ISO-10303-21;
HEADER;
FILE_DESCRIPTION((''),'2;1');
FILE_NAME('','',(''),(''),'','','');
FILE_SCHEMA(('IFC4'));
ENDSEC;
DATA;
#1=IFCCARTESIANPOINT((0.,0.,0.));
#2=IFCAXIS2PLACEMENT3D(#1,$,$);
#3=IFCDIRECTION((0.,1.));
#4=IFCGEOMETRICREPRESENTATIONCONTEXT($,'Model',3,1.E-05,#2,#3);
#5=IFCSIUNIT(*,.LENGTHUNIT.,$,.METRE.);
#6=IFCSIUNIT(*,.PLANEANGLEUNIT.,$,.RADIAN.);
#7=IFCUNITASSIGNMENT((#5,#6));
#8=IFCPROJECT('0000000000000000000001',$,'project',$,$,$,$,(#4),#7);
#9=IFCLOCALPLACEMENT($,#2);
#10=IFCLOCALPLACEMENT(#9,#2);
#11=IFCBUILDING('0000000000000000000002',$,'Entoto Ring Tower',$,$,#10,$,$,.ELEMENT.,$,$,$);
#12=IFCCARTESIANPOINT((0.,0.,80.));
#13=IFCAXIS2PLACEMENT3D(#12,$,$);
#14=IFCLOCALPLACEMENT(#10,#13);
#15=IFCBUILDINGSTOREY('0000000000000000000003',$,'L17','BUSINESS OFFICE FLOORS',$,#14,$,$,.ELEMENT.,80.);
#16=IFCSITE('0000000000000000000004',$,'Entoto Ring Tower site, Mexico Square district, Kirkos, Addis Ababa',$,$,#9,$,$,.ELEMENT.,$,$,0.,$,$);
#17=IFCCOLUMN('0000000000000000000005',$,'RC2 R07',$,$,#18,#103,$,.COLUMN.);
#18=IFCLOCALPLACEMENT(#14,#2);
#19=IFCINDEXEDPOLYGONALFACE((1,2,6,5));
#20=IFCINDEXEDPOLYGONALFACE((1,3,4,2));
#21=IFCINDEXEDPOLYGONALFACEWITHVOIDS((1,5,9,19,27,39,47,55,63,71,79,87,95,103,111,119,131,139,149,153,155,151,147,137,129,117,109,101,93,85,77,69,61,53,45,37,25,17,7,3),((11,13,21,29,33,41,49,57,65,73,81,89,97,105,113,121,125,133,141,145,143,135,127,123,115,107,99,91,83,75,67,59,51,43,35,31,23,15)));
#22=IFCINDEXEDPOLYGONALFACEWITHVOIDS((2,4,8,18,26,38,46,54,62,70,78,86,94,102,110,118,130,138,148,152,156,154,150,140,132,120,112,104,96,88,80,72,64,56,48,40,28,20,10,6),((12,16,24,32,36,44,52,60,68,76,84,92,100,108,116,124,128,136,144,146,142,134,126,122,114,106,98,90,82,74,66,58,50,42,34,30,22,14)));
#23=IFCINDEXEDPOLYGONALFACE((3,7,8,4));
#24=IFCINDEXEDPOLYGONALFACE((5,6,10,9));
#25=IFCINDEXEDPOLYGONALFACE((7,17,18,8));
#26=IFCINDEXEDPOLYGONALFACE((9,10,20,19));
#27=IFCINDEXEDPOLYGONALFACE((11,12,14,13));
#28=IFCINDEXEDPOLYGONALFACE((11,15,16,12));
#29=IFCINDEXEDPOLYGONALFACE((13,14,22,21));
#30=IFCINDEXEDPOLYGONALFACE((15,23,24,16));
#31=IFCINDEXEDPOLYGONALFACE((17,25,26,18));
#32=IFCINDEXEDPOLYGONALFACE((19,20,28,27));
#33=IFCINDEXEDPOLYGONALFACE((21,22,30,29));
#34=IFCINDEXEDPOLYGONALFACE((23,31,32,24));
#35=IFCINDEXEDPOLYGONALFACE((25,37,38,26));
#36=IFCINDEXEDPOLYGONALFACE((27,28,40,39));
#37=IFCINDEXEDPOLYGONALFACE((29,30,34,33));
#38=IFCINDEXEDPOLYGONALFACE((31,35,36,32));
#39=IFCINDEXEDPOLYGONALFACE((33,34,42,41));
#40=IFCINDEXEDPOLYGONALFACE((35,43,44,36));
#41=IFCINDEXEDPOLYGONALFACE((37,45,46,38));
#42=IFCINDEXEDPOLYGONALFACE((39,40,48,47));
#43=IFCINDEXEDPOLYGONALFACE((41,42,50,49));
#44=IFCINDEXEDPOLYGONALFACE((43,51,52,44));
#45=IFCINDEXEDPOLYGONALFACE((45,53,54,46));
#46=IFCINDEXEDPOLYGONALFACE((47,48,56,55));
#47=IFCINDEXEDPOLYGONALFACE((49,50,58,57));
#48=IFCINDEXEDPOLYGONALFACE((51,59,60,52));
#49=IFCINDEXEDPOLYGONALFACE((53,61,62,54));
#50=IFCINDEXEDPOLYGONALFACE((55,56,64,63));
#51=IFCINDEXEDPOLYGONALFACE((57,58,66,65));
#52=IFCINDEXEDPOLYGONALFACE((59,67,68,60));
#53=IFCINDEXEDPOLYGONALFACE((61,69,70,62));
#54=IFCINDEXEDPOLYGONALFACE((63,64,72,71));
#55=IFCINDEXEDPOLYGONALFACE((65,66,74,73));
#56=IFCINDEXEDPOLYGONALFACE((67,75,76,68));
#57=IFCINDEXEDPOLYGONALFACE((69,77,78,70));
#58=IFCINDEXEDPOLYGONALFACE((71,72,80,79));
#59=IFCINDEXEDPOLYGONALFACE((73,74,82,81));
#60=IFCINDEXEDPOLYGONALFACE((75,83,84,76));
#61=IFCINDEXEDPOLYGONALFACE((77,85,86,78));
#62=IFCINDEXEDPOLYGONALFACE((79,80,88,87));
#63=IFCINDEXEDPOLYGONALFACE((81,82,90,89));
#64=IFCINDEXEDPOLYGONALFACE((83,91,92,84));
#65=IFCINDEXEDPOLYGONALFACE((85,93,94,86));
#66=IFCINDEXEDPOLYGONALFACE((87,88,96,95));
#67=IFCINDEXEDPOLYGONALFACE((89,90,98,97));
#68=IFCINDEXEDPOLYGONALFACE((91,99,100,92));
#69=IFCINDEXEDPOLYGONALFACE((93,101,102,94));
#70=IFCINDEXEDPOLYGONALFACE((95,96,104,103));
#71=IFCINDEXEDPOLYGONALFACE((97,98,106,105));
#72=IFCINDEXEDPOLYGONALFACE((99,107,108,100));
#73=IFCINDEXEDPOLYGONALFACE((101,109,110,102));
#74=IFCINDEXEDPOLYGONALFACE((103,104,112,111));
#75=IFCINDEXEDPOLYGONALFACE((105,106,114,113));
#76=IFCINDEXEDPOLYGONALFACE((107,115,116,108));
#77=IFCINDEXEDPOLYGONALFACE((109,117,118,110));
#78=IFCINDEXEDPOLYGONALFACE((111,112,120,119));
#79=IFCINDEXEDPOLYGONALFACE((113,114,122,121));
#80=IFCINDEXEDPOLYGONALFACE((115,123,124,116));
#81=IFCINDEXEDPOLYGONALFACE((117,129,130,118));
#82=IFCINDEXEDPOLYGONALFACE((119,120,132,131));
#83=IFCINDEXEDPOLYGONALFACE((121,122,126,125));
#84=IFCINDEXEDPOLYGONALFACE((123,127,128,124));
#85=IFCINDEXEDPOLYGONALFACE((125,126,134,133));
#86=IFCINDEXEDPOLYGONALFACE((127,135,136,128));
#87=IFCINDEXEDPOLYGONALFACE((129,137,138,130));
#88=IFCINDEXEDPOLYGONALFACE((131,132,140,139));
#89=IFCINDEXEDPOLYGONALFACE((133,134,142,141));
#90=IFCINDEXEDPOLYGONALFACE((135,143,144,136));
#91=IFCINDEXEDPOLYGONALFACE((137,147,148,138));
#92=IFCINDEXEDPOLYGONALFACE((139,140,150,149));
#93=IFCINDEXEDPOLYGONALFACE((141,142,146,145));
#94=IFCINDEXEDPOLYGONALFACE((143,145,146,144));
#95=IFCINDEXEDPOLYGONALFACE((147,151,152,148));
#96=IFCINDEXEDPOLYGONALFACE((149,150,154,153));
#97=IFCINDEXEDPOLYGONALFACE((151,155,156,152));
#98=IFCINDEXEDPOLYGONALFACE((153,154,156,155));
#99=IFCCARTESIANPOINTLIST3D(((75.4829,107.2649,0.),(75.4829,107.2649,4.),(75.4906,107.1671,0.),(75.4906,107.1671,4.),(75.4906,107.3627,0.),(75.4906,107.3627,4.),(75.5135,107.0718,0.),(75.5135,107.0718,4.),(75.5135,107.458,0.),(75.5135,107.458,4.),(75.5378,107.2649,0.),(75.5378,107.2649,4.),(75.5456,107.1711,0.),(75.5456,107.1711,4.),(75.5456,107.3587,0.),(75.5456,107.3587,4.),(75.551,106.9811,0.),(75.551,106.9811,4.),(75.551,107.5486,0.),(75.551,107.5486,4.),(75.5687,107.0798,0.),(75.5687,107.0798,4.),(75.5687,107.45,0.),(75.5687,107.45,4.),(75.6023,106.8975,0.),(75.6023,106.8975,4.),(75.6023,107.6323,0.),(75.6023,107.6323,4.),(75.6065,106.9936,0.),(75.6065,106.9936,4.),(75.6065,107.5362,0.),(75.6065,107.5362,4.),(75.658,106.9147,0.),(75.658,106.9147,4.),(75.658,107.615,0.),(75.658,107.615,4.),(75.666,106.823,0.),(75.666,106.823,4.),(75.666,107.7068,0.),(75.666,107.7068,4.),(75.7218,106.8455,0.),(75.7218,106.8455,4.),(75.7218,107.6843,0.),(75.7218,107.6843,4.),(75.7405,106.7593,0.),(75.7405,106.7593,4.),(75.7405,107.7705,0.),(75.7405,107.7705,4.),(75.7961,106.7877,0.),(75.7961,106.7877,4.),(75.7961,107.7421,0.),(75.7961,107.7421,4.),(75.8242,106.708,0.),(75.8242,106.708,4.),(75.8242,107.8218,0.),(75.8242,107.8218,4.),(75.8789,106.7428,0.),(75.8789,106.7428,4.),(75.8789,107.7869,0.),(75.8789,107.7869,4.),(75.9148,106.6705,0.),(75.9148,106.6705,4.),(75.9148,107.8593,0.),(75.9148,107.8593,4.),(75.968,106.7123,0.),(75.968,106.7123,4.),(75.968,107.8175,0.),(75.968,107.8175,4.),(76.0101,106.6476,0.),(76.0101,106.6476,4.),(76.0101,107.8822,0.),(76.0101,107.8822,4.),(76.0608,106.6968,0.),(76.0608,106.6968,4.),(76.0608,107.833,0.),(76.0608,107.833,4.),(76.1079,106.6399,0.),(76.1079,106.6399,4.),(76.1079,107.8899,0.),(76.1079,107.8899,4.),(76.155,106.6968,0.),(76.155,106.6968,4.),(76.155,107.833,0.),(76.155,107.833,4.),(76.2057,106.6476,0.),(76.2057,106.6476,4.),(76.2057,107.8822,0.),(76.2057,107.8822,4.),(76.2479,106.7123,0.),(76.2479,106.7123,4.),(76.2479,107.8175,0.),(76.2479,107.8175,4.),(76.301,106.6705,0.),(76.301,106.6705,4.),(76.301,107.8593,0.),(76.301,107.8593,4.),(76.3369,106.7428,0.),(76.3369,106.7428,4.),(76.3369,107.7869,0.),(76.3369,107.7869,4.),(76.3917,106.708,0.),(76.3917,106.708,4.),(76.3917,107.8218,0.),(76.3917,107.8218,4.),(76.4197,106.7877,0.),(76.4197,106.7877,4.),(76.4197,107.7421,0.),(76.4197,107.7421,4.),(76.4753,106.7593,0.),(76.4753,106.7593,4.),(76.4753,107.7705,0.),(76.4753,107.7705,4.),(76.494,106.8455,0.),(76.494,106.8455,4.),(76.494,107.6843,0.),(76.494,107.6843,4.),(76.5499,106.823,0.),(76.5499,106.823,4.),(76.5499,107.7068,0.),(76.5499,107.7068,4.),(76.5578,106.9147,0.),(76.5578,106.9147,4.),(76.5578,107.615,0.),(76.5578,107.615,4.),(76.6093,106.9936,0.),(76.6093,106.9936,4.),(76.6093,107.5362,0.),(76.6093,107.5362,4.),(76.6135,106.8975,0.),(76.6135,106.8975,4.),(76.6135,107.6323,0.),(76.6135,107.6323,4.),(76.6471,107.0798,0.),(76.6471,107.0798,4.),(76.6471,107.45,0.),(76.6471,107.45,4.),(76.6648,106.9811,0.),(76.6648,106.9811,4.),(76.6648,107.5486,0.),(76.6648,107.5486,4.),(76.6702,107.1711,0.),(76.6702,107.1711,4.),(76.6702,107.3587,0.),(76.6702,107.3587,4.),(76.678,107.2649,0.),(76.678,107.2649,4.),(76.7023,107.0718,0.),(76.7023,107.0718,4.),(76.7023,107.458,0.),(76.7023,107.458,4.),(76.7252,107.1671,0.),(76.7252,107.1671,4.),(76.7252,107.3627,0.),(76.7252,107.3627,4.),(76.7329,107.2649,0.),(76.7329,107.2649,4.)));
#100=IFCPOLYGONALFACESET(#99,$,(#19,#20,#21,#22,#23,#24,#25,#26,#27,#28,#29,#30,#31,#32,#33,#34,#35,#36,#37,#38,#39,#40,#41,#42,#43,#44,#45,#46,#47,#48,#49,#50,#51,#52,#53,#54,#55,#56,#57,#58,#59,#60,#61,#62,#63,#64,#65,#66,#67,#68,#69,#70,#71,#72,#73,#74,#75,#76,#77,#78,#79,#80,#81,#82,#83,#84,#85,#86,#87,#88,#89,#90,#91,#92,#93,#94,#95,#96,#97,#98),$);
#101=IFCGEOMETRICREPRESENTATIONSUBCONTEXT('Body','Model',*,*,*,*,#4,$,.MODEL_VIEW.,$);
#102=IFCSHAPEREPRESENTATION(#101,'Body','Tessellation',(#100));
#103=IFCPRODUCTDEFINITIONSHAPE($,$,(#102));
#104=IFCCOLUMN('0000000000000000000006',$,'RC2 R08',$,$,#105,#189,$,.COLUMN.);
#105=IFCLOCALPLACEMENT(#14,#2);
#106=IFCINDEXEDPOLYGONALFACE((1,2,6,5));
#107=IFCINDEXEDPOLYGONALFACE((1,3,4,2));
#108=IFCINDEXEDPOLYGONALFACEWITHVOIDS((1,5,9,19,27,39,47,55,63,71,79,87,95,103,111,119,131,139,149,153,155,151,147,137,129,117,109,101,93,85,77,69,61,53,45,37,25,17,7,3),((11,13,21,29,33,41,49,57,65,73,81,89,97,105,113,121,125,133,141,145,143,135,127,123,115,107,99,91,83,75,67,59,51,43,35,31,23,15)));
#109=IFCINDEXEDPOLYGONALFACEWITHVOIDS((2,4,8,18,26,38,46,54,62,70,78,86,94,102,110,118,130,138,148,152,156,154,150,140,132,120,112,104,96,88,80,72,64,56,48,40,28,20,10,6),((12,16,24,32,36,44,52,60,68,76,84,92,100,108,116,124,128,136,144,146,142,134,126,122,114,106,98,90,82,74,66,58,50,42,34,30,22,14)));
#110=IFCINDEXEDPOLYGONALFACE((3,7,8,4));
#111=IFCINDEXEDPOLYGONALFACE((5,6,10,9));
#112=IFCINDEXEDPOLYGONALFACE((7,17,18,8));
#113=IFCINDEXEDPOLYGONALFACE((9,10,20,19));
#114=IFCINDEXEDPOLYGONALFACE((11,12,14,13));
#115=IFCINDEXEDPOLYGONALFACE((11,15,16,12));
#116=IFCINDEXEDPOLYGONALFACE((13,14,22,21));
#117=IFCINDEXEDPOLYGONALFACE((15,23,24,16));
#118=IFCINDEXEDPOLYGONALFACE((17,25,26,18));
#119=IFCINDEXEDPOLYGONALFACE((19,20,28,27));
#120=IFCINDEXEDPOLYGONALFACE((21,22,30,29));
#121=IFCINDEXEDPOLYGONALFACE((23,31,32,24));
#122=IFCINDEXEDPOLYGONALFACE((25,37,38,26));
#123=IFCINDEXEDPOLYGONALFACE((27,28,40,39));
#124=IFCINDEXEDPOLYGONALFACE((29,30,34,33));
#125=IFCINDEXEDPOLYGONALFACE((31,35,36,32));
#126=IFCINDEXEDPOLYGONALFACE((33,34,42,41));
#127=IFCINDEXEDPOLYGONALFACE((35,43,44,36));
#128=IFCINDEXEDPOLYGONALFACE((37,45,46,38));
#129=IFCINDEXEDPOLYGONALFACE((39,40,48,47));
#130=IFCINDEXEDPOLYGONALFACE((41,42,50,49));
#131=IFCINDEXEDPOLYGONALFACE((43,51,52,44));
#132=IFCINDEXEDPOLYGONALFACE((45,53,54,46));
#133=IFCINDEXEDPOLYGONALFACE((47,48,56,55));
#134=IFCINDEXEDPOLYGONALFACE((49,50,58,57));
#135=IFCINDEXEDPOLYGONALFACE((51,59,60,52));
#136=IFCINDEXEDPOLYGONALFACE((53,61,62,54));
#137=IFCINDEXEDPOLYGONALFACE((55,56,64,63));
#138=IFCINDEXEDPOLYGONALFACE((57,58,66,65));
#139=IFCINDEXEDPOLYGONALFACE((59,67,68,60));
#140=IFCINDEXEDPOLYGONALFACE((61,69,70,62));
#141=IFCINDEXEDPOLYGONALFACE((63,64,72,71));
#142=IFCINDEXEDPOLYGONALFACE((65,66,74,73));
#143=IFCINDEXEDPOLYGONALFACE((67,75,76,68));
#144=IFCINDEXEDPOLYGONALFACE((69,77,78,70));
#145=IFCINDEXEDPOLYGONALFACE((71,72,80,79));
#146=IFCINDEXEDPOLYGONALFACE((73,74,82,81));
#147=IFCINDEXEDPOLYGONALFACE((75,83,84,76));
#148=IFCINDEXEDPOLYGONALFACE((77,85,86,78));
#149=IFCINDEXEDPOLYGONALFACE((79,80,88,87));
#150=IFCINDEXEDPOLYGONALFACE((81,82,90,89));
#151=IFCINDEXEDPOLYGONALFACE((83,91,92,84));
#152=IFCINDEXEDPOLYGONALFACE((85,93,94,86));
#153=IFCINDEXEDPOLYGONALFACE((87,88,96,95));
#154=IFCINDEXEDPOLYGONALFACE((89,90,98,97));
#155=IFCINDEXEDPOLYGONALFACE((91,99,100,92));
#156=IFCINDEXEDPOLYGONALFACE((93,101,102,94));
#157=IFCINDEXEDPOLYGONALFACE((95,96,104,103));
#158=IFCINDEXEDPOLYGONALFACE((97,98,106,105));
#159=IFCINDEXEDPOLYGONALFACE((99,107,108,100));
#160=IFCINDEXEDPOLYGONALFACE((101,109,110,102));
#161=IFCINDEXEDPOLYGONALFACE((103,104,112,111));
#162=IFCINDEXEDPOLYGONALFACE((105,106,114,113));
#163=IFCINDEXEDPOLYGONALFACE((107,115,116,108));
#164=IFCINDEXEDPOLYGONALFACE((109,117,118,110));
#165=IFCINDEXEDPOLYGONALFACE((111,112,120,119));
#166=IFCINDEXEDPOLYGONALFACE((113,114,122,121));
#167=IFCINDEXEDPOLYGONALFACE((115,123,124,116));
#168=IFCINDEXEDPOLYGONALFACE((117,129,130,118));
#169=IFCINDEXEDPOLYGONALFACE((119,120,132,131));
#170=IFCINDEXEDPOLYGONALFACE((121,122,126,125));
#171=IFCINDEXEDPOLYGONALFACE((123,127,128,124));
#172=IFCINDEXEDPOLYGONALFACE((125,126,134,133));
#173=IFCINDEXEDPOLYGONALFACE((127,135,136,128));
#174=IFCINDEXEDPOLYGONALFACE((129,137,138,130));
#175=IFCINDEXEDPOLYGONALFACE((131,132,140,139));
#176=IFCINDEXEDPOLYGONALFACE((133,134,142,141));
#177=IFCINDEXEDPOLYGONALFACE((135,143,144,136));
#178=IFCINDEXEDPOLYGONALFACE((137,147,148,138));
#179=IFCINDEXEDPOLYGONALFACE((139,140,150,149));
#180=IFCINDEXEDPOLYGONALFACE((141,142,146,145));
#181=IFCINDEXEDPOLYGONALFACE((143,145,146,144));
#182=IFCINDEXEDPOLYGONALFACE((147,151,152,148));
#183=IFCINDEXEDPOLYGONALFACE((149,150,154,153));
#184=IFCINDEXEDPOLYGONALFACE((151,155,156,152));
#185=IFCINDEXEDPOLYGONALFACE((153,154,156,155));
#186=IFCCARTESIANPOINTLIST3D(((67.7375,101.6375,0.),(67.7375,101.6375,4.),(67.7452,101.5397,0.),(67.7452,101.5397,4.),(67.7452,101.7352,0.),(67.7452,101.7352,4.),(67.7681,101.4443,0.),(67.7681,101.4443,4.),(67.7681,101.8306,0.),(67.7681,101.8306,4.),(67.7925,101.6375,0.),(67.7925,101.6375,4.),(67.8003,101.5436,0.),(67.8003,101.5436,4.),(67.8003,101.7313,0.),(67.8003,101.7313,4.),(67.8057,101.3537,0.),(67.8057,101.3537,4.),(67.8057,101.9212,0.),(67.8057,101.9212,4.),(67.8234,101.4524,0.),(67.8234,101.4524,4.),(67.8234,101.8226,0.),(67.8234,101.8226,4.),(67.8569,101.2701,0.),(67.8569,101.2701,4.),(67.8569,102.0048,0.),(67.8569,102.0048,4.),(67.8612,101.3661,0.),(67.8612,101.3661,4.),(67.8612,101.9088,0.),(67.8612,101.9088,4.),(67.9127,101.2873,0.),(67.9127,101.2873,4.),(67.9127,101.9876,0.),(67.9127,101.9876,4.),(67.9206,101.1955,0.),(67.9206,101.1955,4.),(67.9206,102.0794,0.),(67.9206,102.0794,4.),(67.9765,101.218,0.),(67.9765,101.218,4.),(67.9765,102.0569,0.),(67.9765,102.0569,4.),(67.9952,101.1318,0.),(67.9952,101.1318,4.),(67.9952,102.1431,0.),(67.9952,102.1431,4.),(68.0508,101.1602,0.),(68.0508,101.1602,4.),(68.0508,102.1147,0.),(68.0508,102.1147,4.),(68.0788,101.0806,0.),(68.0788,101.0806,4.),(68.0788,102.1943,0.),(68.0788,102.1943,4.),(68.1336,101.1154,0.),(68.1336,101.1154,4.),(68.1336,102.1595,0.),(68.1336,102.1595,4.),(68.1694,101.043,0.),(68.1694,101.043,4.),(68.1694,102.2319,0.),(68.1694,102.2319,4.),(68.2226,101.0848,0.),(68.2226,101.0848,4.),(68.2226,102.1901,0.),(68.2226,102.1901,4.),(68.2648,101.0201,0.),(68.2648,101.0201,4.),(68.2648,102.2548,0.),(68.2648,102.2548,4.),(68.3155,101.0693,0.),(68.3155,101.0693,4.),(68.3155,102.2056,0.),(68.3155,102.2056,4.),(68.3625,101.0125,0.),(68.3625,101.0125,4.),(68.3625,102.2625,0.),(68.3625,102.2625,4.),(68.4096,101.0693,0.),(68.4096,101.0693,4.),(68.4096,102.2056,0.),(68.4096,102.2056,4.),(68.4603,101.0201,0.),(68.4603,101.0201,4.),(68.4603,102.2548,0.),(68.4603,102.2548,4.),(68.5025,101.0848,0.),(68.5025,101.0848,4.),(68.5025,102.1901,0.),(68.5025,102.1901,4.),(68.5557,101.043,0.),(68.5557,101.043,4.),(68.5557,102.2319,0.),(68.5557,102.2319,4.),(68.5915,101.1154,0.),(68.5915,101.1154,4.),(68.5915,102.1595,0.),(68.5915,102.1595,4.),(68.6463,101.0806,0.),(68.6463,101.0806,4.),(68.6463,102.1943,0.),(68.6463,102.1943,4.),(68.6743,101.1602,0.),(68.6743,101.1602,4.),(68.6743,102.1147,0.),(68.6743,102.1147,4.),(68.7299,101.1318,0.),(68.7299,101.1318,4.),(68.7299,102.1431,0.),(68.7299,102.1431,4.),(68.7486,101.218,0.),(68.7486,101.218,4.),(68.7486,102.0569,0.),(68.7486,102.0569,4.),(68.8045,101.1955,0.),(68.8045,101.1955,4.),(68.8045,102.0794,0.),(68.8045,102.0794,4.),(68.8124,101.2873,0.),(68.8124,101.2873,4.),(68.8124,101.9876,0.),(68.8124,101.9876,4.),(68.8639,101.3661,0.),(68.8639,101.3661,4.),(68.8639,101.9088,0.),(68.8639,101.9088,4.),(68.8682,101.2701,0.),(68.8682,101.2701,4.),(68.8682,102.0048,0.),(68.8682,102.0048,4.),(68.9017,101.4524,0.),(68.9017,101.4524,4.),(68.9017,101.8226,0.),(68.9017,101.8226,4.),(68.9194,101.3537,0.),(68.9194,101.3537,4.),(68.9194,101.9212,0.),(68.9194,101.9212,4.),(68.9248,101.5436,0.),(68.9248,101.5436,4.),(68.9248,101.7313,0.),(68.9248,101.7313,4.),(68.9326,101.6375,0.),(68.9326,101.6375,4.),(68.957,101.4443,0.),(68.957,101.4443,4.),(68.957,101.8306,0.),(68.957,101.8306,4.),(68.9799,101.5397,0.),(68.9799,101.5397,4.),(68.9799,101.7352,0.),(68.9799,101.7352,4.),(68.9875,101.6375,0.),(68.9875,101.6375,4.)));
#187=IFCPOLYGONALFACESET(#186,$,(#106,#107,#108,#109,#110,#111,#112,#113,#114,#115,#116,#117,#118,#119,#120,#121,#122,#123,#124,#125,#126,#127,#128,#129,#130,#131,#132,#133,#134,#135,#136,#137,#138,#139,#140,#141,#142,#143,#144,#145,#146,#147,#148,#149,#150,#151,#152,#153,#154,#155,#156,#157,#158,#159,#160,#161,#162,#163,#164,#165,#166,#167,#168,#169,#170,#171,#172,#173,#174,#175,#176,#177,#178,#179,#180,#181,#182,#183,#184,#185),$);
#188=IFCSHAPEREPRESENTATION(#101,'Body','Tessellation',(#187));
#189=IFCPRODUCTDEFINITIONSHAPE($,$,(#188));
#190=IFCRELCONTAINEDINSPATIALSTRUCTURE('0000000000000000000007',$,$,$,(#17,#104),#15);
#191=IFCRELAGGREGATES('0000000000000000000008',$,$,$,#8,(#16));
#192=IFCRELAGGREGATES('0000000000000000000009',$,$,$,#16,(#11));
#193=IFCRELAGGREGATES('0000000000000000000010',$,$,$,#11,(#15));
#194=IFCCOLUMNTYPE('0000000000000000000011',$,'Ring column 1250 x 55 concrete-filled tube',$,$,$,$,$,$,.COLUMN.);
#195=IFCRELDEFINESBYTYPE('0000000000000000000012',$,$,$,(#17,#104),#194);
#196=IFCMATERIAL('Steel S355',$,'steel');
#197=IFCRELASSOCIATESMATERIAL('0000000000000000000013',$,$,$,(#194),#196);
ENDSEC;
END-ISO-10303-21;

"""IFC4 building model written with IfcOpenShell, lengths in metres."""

from ifc_helpers import new_model, si_unit, direction, frame, origin, origin_2d, place, context, subcontext, project, spatial, circle, hollow_circle, extrude, material, material_profile, profile_set, type_object, element, save


model = new_model("IFC4")

# Units and contexts
model_context = context("Model", 3, precision=1e-05, world=origin(), true_north=direction((0.0, 1.0)))
body_context = subcontext(model_context, "Body", "Model", "MODEL_VIEW")
ifc_project = project(units=[si_unit("LENGTHUNIT", "METRE"), si_unit("PLANEANGLEUNIT", "RADIAN")], contexts=[model_context])

# Site, building, storey
site_placement = place(None, origin())
site = spatial("IfcSite", under=ifc_project, at=site_placement, Name="Entoto Ring Tower site, Mexico Square district, Kirkos, Addis Ababa", CompositionType="ELEMENT", RefElevation=0.0)
building_placement = place(site_placement, origin())
building = spatial("IfcBuilding", under=site, at=building_placement, Name="Entoto Ring Tower", CompositionType="ELEMENT")
storey_placement = place(building_placement, frame((0.0, 0.0, 80.0)))
storey = spatial("IfcBuildingStorey", under=building, at=storey_placement, Name="L17", Description="BUSINESS OFFICE FLOORS", CompositionType="ELEMENT", Elevation=80.0)

# Columns
ifc_material_1 = material(Name="Steel S355", Category="steel")
ifc_material_profile_1 = material_profile(ifc_material_1, hollow_circle(Radius=0.625, WallThickness=0.0549, at=origin_2d()), Name="CHS 1250 x 55")
ifc_material_2 = material(Name="Concrete C60/75", Category="concrete")
ifc_material_profile_2 = material_profile(ifc_material_2, circle(Radius=0.5701, at=origin_2d()), Name="Concrete C60/75 infill")
ifc_profile_set_1 = profile_set([ifc_material_profile_1, ifc_material_profile_2], Name="Steel S355")
column_type = type_object("IfcColumnType", Name="Ring column 1250 x 55 concrete-filled tube", PredefinedType="COLUMN", material=ifc_profile_set_1)
for number, where, z_axis, x_axis, name in (
    (1, (76.1079, 107.2649, 0.0), (0.0, 0.0, 1.0), (1.0, 0.0, 0.0), "RC2 R07"),
    (2, (68.3625, 101.6375, 0.0), (0.0, 0.0, 1.0), (1.0, 0.0, 0.0), "RC2 R08"),
):
    element("IfcColumn", number, at=place(storey_placement, frame(where, z_axis=z_axis, x_axis=x_axis)), inside=storey, type_object=column_type, Name=name, PredefinedType="COLUMN", context=body_context, shape_type="SweptSolid", body=[
        extrude(hollow_circle(Radius=0.625, WallThickness=0.0549, at=origin_2d()), origin(), (0.0, 0.0, 1.0), 4.0),
    ])

save(model, "model.ifc")
